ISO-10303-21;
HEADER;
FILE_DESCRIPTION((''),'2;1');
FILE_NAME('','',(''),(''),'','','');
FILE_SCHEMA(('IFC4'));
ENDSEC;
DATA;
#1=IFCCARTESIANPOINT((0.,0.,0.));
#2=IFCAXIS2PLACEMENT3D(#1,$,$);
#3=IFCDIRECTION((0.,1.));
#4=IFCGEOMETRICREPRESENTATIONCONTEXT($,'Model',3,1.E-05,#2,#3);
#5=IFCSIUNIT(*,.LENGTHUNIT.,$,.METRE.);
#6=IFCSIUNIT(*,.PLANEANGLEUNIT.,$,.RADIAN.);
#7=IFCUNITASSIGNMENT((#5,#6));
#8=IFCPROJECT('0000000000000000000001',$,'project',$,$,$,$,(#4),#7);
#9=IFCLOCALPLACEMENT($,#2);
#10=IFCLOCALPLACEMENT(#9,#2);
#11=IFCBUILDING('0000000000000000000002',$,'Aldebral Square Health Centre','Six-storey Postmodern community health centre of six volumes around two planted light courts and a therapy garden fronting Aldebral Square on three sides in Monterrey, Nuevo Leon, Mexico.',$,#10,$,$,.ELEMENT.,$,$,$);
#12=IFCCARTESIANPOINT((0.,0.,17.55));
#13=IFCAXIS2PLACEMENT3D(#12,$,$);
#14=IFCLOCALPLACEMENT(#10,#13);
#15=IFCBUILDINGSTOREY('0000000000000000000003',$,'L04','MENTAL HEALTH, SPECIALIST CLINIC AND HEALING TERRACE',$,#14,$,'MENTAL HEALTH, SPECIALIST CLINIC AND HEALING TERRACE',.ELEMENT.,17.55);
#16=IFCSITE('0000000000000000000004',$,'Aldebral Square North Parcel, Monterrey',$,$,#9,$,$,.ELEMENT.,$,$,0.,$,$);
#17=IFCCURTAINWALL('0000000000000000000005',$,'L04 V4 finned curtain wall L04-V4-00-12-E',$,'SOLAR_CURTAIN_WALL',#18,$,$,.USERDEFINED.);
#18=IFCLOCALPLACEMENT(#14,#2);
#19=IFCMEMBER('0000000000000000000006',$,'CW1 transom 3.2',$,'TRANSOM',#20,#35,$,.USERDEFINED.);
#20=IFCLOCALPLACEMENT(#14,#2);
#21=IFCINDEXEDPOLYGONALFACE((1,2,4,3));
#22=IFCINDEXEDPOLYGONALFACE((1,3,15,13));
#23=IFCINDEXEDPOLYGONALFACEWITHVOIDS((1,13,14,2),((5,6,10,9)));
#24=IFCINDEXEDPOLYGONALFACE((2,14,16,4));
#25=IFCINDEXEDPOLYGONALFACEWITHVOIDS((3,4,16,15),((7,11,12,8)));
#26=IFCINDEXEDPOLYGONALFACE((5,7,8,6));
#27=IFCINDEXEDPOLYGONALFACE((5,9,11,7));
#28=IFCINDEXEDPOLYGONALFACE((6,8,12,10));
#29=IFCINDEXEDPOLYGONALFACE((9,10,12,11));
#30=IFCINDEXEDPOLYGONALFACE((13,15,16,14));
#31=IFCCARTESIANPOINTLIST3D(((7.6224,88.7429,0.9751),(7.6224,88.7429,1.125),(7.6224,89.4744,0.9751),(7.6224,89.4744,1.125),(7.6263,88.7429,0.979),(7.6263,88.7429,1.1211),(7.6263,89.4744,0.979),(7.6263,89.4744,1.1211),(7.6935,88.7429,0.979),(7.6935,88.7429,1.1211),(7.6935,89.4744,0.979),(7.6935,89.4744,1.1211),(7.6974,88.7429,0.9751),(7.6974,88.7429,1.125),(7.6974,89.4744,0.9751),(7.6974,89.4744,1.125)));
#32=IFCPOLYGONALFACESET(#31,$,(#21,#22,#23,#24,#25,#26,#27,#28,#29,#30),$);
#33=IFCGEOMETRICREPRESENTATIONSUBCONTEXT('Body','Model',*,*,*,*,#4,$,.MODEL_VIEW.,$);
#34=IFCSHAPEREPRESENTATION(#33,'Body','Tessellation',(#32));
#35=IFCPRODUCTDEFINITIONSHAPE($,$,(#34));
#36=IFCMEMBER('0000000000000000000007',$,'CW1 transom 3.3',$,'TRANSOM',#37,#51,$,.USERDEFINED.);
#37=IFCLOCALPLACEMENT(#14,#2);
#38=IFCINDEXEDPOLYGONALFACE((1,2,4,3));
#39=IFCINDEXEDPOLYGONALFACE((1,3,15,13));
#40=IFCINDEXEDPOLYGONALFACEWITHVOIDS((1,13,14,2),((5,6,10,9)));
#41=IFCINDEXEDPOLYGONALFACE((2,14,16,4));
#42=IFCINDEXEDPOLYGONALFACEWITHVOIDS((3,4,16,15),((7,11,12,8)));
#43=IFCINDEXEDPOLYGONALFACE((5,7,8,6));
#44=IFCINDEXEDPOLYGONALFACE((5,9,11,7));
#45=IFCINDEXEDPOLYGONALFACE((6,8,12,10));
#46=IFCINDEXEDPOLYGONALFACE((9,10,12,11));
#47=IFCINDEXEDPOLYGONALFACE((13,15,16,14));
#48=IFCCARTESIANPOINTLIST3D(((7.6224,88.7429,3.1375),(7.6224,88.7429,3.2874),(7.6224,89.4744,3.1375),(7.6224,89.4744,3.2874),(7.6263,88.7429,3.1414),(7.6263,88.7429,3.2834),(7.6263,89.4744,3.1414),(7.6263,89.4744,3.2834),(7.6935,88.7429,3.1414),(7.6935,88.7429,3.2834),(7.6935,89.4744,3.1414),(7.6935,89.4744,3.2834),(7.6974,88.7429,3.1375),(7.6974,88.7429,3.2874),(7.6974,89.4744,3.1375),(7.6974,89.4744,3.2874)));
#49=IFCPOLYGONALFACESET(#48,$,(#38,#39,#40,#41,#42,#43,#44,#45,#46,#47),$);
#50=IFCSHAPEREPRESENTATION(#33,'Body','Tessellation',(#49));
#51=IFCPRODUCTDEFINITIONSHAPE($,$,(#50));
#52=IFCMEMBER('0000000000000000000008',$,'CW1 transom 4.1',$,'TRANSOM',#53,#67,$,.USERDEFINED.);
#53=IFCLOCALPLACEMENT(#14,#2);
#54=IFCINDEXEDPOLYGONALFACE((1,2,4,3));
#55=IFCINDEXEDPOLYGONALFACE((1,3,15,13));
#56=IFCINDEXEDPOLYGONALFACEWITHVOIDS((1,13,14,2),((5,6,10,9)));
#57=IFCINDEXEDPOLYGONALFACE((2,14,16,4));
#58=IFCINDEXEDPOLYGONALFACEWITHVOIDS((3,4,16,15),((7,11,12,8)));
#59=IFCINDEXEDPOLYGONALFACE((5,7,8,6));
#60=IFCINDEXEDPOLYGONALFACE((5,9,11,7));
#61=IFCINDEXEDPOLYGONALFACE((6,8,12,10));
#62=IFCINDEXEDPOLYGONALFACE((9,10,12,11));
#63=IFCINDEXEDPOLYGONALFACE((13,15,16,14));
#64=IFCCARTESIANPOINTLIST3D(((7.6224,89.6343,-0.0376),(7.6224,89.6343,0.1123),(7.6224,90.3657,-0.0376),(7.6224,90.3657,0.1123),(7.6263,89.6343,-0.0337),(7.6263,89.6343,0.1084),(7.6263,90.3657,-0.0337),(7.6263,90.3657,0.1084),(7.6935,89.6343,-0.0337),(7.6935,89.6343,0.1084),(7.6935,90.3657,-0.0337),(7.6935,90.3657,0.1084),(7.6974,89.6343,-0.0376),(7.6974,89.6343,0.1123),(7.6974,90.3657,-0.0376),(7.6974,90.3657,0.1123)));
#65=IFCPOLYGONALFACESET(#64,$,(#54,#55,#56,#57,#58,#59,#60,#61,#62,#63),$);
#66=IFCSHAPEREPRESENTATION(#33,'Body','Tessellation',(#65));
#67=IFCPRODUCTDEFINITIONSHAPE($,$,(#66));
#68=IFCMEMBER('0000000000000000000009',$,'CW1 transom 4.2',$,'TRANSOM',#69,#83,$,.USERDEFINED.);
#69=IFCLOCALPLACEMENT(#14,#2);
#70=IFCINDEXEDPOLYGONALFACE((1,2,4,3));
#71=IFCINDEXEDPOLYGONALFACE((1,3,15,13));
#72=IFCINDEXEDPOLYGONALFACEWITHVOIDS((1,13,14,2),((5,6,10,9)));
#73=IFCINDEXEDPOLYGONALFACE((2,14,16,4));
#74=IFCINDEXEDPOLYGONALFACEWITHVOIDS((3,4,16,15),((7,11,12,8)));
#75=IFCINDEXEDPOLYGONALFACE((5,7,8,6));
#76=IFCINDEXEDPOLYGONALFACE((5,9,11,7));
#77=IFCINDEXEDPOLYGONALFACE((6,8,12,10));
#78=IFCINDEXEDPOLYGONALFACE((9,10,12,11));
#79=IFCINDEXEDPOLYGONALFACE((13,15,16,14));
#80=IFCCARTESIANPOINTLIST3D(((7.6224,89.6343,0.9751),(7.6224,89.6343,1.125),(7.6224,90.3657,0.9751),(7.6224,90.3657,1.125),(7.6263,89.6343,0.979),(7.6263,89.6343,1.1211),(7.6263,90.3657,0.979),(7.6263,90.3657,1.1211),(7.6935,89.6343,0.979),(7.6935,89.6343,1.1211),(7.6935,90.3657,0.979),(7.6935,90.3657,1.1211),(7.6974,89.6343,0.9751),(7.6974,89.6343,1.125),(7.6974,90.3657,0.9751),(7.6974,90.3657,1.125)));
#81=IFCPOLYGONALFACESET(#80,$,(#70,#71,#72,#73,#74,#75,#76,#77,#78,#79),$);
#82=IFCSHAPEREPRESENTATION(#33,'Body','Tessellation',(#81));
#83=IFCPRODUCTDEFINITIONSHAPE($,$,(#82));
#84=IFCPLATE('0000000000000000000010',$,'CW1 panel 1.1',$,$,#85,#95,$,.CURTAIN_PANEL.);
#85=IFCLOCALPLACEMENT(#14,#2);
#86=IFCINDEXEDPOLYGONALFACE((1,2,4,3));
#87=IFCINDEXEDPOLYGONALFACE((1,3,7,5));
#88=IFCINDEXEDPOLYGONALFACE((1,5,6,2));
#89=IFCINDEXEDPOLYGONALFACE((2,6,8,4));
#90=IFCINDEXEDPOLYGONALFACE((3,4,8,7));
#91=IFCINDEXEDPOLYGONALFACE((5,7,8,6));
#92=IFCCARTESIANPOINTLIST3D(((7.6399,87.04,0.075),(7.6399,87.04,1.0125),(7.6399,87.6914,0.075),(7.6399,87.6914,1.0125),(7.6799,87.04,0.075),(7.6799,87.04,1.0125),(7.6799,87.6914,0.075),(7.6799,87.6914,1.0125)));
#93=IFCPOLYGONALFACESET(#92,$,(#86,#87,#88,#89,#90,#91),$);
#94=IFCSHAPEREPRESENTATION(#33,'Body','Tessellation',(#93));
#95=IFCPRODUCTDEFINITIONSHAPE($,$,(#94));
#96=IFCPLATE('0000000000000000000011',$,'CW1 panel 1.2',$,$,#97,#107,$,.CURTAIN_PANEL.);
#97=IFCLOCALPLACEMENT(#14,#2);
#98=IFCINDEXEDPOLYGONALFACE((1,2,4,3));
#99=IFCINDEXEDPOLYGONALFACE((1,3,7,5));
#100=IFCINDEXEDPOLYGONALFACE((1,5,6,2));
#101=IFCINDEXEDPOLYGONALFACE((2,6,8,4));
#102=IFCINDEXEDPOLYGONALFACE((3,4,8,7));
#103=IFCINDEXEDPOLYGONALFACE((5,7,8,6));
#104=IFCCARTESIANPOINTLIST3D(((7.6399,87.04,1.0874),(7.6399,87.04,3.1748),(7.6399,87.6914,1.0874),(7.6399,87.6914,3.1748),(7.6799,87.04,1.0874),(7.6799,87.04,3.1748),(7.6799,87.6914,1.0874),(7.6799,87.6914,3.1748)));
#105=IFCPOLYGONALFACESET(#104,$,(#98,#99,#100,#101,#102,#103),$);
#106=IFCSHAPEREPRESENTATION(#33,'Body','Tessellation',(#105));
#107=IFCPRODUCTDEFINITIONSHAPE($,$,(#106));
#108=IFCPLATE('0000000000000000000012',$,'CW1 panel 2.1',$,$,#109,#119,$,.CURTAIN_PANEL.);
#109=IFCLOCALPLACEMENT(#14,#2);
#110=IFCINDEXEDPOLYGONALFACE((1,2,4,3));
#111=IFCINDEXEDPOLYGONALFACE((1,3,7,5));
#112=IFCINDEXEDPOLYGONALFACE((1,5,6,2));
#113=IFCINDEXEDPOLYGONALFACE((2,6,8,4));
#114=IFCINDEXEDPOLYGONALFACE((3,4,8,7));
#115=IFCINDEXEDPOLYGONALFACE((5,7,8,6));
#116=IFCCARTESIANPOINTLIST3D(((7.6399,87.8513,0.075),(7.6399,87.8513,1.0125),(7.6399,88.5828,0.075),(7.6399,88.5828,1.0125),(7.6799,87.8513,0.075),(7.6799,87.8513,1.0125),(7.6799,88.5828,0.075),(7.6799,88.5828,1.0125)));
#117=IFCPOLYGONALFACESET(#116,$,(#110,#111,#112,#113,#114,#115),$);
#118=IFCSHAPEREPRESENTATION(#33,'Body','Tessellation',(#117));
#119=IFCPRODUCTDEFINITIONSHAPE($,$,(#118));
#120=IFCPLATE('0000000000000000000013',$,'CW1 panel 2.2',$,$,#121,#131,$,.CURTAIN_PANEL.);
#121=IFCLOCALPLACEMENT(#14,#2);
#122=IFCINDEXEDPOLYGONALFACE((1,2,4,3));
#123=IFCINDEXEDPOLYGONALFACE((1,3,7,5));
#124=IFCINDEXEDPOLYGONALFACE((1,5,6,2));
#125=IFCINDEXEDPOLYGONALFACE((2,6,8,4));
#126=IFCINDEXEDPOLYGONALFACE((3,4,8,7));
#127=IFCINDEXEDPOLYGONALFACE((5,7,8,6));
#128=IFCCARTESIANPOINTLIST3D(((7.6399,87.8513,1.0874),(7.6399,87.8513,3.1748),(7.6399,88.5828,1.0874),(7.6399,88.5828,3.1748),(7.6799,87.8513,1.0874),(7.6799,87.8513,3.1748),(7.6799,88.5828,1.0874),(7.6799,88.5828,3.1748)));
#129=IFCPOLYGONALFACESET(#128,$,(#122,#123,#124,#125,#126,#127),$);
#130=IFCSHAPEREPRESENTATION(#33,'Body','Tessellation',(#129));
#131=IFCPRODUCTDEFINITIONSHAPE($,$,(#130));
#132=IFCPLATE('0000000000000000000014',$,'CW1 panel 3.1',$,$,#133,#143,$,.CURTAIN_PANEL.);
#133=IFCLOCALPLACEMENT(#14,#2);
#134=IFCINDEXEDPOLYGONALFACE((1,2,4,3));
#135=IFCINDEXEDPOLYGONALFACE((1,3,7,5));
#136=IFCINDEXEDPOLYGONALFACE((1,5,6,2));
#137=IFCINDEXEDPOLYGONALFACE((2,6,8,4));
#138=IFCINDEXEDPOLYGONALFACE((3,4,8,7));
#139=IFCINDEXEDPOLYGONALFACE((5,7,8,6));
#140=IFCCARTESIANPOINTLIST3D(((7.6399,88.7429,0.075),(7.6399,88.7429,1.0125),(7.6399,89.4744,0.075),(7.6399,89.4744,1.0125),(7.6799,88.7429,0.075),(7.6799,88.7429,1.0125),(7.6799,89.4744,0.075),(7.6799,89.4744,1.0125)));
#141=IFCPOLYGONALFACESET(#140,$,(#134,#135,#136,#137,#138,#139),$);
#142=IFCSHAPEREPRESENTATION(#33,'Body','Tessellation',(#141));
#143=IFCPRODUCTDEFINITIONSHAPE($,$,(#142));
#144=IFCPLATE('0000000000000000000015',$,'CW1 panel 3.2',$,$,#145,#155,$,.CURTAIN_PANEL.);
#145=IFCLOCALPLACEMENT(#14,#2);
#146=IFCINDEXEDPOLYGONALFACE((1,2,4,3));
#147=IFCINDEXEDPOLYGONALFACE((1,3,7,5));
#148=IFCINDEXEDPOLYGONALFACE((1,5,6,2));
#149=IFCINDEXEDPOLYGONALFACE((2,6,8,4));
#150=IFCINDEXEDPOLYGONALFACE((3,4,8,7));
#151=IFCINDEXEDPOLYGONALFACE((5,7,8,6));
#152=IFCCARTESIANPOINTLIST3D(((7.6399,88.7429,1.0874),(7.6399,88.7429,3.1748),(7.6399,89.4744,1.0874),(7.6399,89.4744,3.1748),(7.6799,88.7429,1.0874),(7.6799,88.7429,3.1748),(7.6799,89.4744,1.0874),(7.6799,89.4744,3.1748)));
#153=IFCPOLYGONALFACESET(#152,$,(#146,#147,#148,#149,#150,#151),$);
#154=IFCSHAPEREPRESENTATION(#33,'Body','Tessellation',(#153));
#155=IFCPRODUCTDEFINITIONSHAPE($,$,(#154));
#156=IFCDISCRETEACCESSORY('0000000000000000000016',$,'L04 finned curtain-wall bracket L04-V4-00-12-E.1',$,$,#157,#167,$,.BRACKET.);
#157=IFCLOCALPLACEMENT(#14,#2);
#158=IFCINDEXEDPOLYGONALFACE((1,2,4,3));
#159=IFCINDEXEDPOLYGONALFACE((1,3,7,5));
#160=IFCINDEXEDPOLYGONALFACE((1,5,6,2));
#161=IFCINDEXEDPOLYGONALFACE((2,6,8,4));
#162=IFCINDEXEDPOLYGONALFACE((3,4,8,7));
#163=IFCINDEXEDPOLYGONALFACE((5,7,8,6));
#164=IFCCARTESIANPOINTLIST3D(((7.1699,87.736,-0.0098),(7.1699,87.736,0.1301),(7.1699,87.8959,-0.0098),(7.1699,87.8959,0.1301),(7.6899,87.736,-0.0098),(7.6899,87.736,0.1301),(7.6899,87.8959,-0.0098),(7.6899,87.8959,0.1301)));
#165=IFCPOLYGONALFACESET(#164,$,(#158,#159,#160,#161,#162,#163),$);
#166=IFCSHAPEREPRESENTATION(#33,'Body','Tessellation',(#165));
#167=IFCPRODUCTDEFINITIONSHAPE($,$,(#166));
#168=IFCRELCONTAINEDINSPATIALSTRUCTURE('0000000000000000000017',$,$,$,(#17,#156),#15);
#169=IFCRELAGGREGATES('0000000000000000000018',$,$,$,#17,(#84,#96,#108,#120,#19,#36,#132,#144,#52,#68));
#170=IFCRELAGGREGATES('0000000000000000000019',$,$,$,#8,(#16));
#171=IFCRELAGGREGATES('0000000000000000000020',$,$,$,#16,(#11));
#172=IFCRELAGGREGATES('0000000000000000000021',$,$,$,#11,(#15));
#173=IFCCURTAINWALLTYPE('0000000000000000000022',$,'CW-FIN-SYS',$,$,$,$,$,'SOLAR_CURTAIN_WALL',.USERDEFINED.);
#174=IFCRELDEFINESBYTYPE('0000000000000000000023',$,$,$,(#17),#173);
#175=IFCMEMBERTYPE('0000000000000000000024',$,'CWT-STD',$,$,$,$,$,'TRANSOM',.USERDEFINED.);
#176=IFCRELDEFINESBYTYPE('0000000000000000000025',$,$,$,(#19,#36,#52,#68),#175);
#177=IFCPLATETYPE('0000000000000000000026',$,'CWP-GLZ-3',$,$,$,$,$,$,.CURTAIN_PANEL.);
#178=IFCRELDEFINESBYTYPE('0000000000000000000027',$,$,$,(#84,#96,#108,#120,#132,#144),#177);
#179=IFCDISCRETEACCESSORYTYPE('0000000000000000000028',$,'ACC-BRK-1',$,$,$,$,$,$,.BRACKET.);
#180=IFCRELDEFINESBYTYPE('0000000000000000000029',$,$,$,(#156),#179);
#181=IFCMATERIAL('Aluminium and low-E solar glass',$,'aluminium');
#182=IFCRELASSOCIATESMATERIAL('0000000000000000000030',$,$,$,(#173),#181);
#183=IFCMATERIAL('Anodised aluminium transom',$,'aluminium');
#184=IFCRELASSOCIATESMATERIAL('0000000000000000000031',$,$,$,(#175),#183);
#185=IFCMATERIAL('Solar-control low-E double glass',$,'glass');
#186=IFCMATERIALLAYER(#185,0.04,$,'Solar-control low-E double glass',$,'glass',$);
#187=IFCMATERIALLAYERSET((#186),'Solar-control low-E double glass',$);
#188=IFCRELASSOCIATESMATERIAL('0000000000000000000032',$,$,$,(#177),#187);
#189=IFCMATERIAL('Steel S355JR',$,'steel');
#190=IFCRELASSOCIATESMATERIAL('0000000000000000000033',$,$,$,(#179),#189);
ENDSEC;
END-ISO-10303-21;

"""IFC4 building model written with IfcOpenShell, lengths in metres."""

from ifc_helpers import new_model, si_unit, direction, frame, origin, origin_2d, place, context, subcontext, project, spatial, rectangle, hollow_rectangle, extrude, material, layer, layer_set, material_profile, profile_set, type_object, element, aggregate, save


model = new_model("IFC4")

# Units and contexts
model_context = context("Model", 3, precision=1e-05, world=origin(), true_north=direction((0.0, 1.0)))
body_context = subcontext(model_context, "Body", "Model", "MODEL_VIEW")
ifc_project = project(units=[si_unit("LENGTHUNIT", "METRE"), si_unit("PLANEANGLEUNIT", "RADIAN")], contexts=[model_context])

# Site, building, storey
site_placement = place(None, origin())
site = spatial("IfcSite", under=ifc_project, at=site_placement, Name="Aldebral Square North Parcel, Monterrey", CompositionType="ELEMENT", RefElevation=0.0)
building_placement = place(site_placement, origin())
building = spatial("IfcBuilding", under=site, at=building_placement, Name="Aldebral Square Health Centre", Description="Six-storey Postmodern community health centre of six volumes around two planted light courts and a therapy garden fronting Aldebral Square on three sides in Monterrey, Nuevo Leon, Mexico.", CompositionType="ELEMENT")
storey_placement = place(building_placement, frame((0.0, 0.0, 17.55)))
storey = spatial("IfcBuildingStorey", under=building, at=storey_placement, Name="L04", Description="MENTAL HEALTH, SPECIALIST CLINIC AND HEALING TERRACE", LongName="MENTAL HEALTH, SPECIALIST CLINIC AND HEALING TERRACE", CompositionType="ELEMENT", Elevation=17.55)

# Curtain wall, members, plates
ifc_material_1 = material(Name="Aluminium and low-E solar glass", Category="aluminium")
curtain_wall_type = type_object("IfcCurtainWallType", Name="CW-FIN-SYS", ElementType="SOLAR_CURTAIN_WALL", PredefinedType="USERDEFINED", material=ifc_material_1)
curtain_wall_placement = place(storey_placement, origin())
curtain_wall = element("IfcCurtainWall", 1, at=curtain_wall_placement, inside=storey, type_object=curtain_wall_type, Name="L04 V4 finned curtain wall L04-V4-00-12-E", ObjectType="SOLAR_CURTAIN_WALL", PredefinedType="USERDEFINED")
ifc_material_2 = material(Name="Anodised aluminium transom", Category="aluminium")
ifc_material_profile_1 = material_profile(ifc_material_2, hollow_rectangle(XDim=0.075, YDim=0.1499, WallThickness=0.0039, at=origin_2d()), Name="CWT 75x150x4")
ifc_profile_set_1 = profile_set([ifc_material_profile_1], Name="Anodised aluminium transom")
member_type_1 = type_object("IfcMemberType", Name="CWT-STD", ElementType="TRANSOM", PredefinedType="USERDEFINED", material=ifc_profile_set_1)
member_1_placement = place(storey_placement, frame((7.6599, 88.7429, 1.05), z_axis=(0.0, 1.0, 0.0), x_axis=(-1.0, 0.0, 0.0)))
member_1 = element("IfcMember", 2, at=member_1_placement, type_object=member_type_1, Name="CW1 transom 3.2", ObjectType="TRANSOM", PredefinedType="USERDEFINED", context=body_context, shape_type="SweptSolid", body=[
    extrude(hollow_rectangle(XDim=0.075, YDim=0.1499, WallThickness=0.0039, at=origin_2d()), origin(), (0.0, 0.0, 1.0), 0.7314),
])
member_2_placement = place(storey_placement, frame((7.6599, 88.7429, 3.2124), z_axis=(0.0, 1.0, 0.0), x_axis=(-1.0, 0.0, 0.0)))
member_2 = element("IfcMember", 3, at=member_2_placement, type_object=member_type_1, Name="CW1 transom 3.3", ObjectType="TRANSOM", PredefinedType="USERDEFINED", context=body_context, shape_type="SweptSolid", body=[
    extrude(hollow_rectangle(XDim=0.075, YDim=0.1499, WallThickness=0.0039, at=origin_2d()), origin(), (0.0, 0.0, 1.0), 0.7314),
])
member_3_placement = place(storey_placement, frame((7.6599, 89.6343, 0.0374), z_axis=(0.0, 1.0, 0.0), x_axis=(-1.0, 0.0, 0.0)))
member_3 = element("IfcMember", 4, at=member_3_placement, type_object=member_type_1, Name="CW1 transom 4.1", ObjectType="TRANSOM", PredefinedType="USERDEFINED", context=body_context, shape_type="SweptSolid", body=[
    extrude(hollow_rectangle(XDim=0.075, YDim=0.1499, WallThickness=0.0039, at=origin_2d()), origin(), (0.0, 0.0, 1.0), 0.7314),
])
member_4_placement = place(storey_placement, frame((7.6599, 89.6343, 1.05), z_axis=(0.0, 1.0, 0.0), x_axis=(-1.0, 0.0, 0.0)))
member_4 = element("IfcMember", 5, at=member_4_placement, type_object=member_type_1, Name="CW1 transom 4.2", ObjectType="TRANSOM", PredefinedType="USERDEFINED", context=body_context, shape_type="SweptSolid", body=[
    extrude(hollow_rectangle(XDim=0.075, YDim=0.1499, WallThickness=0.0039, at=origin_2d()), origin(), (0.0, 0.0, 1.0), 0.7314),
])
ifc_material_3 = material(Name="Solar-control low-E double glass", Category="glass")
ifc_layer = layer(ifc_material_3, 0.04, Name="Solar-control low-E double glass", Category="glass")
ifc_layer_set = layer_set([ifc_layer], Name="Solar-control low-E double glass")
plate_type = type_object("IfcPlateType", Name="CWP-GLZ-3", PredefinedType="CURTAIN_PANEL", material=ifc_layer_set)
plate_1_placement = place(storey_placement, frame((7.6599, 87.3657, 0.075), z_axis=(0.0, 0.0, 1.0), x_axis=(0.0, 1.0, 0.0)))
plate_1 = element("IfcPlate", 6, at=plate_1_placement, type_object=plate_type, Name="CW1 panel 1.1", PredefinedType="CURTAIN_PANEL", context=body_context, shape_type="SweptSolid", body=[
    extrude(rectangle(XDim=0.6514, YDim=0.04, at=origin_2d()), origin(), (0.0, 0.0, 1.0), 0.9375),
])
plate_2_placement = place(storey_placement, frame((7.6599, 87.3657, 1.0874), z_axis=(0.0, 0.0, 1.0), x_axis=(0.0, 1.0, 0.0)))
plate_2 = element("IfcPlate", 7, at=plate_2_placement, type_object=plate_type, Name="CW1 panel 1.2", PredefinedType="CURTAIN_PANEL", context=body_context, shape_type="SweptSolid", body=[
    extrude(rectangle(XDim=0.6514, YDim=0.04, at=origin_2d()), origin(), (0.0, 0.0, 1.0), 2.0874),
])
plate_3_placement = place(storey_placement, frame((7.6599, 88.217, 0.075), z_axis=(0.0, 0.0, 1.0), x_axis=(0.0, 1.0, 0.0)))
plate_3 = element("IfcPlate", 8, at=plate_3_placement, type_object=plate_type, Name="CW1 panel 2.1", PredefinedType="CURTAIN_PANEL", context=body_context, shape_type="SweptSolid", body=[
    extrude(rectangle(XDim=0.7314, YDim=0.04, at=origin_2d()), origin(), (0.0, 0.0, 1.0), 0.9375),
])
plate_4_placement = place(storey_placement, frame((7.6599, 88.217, 1.0874), z_axis=(0.0, 0.0, 1.0), x_axis=(0.0, 1.0, 0.0)))
plate_4 = element("IfcPlate", 9, at=plate_4_placement, type_object=plate_type, Name="CW1 panel 2.2", PredefinedType="CURTAIN_PANEL", context=body_context, shape_type="SweptSolid", body=[
    extrude(rectangle(XDim=0.7314, YDim=0.04, at=origin_2d()), origin(), (0.0, 0.0, 1.0), 2.0874),
])
plate_5_placement = place(storey_placement, frame((7.6599, 89.1086, 0.075), z_axis=(0.0, 0.0, 1.0), x_axis=(0.0, 1.0, 0.0)))
plate_5 = element("IfcPlate", 10, at=plate_5_placement, type_object=plate_type, Name="CW1 panel 3.1", PredefinedType="CURTAIN_PANEL", context=body_context, shape_type="SweptSolid", body=[
    extrude(rectangle(XDim=0.7314, YDim=0.04, at=origin_2d()), origin(), (0.0, 0.0, 1.0), 0.9375),
])
plate_6_placement = place(storey_placement, frame((7.6599, 89.1086, 1.0874), z_axis=(0.0, 0.0, 1.0), x_axis=(0.0, 1.0, 0.0)))
plate_6 = element("IfcPlate", 11, at=plate_6_placement, type_object=plate_type, Name="CW1 panel 3.2", PredefinedType="CURTAIN_PANEL", context=body_context, shape_type="SweptSolid", body=[
    extrude(rectangle(XDim=0.7314, YDim=0.04, at=origin_2d()), origin(), (0.0, 0.0, 1.0), 2.0874),
])
aggregate(curtain_wall, [plate_1, plate_2, plate_3, plate_4, member_1, member_2, plate_5, plate_6, member_3, member_4])

# Discrete accessory
ifc_material_4 = material(Name="Steel S355JR", Category="steel")
discrete_accessory_type = type_object("IfcDiscreteAccessoryType", Name="ACC-BRK-1", PredefinedType="BRACKET", material=ifc_material_4)
discrete_accessory_placement = place(storey_placement, frame((7.4299, 87.8159, -0.0098), z_axis=(0.0, 0.0, 1.0), x_axis=(0.0, 1.0, 0.0)))
element("IfcDiscreteAccessory", 12, at=discrete_accessory_placement, inside=storey, type_object=discrete_accessory_type, Name="L04 finned curtain-wall bracket L04-V4-00-12-E.1", PredefinedType="BRACKET", context=body_context, shape_type="SweptSolid", body=[
    extrude(rectangle(XDim=0.1599, YDim=0.52, at=origin_2d()), origin(), (0.0, 0.0, 1.0), 0.1399),
])

save(model, "model.ifc")
